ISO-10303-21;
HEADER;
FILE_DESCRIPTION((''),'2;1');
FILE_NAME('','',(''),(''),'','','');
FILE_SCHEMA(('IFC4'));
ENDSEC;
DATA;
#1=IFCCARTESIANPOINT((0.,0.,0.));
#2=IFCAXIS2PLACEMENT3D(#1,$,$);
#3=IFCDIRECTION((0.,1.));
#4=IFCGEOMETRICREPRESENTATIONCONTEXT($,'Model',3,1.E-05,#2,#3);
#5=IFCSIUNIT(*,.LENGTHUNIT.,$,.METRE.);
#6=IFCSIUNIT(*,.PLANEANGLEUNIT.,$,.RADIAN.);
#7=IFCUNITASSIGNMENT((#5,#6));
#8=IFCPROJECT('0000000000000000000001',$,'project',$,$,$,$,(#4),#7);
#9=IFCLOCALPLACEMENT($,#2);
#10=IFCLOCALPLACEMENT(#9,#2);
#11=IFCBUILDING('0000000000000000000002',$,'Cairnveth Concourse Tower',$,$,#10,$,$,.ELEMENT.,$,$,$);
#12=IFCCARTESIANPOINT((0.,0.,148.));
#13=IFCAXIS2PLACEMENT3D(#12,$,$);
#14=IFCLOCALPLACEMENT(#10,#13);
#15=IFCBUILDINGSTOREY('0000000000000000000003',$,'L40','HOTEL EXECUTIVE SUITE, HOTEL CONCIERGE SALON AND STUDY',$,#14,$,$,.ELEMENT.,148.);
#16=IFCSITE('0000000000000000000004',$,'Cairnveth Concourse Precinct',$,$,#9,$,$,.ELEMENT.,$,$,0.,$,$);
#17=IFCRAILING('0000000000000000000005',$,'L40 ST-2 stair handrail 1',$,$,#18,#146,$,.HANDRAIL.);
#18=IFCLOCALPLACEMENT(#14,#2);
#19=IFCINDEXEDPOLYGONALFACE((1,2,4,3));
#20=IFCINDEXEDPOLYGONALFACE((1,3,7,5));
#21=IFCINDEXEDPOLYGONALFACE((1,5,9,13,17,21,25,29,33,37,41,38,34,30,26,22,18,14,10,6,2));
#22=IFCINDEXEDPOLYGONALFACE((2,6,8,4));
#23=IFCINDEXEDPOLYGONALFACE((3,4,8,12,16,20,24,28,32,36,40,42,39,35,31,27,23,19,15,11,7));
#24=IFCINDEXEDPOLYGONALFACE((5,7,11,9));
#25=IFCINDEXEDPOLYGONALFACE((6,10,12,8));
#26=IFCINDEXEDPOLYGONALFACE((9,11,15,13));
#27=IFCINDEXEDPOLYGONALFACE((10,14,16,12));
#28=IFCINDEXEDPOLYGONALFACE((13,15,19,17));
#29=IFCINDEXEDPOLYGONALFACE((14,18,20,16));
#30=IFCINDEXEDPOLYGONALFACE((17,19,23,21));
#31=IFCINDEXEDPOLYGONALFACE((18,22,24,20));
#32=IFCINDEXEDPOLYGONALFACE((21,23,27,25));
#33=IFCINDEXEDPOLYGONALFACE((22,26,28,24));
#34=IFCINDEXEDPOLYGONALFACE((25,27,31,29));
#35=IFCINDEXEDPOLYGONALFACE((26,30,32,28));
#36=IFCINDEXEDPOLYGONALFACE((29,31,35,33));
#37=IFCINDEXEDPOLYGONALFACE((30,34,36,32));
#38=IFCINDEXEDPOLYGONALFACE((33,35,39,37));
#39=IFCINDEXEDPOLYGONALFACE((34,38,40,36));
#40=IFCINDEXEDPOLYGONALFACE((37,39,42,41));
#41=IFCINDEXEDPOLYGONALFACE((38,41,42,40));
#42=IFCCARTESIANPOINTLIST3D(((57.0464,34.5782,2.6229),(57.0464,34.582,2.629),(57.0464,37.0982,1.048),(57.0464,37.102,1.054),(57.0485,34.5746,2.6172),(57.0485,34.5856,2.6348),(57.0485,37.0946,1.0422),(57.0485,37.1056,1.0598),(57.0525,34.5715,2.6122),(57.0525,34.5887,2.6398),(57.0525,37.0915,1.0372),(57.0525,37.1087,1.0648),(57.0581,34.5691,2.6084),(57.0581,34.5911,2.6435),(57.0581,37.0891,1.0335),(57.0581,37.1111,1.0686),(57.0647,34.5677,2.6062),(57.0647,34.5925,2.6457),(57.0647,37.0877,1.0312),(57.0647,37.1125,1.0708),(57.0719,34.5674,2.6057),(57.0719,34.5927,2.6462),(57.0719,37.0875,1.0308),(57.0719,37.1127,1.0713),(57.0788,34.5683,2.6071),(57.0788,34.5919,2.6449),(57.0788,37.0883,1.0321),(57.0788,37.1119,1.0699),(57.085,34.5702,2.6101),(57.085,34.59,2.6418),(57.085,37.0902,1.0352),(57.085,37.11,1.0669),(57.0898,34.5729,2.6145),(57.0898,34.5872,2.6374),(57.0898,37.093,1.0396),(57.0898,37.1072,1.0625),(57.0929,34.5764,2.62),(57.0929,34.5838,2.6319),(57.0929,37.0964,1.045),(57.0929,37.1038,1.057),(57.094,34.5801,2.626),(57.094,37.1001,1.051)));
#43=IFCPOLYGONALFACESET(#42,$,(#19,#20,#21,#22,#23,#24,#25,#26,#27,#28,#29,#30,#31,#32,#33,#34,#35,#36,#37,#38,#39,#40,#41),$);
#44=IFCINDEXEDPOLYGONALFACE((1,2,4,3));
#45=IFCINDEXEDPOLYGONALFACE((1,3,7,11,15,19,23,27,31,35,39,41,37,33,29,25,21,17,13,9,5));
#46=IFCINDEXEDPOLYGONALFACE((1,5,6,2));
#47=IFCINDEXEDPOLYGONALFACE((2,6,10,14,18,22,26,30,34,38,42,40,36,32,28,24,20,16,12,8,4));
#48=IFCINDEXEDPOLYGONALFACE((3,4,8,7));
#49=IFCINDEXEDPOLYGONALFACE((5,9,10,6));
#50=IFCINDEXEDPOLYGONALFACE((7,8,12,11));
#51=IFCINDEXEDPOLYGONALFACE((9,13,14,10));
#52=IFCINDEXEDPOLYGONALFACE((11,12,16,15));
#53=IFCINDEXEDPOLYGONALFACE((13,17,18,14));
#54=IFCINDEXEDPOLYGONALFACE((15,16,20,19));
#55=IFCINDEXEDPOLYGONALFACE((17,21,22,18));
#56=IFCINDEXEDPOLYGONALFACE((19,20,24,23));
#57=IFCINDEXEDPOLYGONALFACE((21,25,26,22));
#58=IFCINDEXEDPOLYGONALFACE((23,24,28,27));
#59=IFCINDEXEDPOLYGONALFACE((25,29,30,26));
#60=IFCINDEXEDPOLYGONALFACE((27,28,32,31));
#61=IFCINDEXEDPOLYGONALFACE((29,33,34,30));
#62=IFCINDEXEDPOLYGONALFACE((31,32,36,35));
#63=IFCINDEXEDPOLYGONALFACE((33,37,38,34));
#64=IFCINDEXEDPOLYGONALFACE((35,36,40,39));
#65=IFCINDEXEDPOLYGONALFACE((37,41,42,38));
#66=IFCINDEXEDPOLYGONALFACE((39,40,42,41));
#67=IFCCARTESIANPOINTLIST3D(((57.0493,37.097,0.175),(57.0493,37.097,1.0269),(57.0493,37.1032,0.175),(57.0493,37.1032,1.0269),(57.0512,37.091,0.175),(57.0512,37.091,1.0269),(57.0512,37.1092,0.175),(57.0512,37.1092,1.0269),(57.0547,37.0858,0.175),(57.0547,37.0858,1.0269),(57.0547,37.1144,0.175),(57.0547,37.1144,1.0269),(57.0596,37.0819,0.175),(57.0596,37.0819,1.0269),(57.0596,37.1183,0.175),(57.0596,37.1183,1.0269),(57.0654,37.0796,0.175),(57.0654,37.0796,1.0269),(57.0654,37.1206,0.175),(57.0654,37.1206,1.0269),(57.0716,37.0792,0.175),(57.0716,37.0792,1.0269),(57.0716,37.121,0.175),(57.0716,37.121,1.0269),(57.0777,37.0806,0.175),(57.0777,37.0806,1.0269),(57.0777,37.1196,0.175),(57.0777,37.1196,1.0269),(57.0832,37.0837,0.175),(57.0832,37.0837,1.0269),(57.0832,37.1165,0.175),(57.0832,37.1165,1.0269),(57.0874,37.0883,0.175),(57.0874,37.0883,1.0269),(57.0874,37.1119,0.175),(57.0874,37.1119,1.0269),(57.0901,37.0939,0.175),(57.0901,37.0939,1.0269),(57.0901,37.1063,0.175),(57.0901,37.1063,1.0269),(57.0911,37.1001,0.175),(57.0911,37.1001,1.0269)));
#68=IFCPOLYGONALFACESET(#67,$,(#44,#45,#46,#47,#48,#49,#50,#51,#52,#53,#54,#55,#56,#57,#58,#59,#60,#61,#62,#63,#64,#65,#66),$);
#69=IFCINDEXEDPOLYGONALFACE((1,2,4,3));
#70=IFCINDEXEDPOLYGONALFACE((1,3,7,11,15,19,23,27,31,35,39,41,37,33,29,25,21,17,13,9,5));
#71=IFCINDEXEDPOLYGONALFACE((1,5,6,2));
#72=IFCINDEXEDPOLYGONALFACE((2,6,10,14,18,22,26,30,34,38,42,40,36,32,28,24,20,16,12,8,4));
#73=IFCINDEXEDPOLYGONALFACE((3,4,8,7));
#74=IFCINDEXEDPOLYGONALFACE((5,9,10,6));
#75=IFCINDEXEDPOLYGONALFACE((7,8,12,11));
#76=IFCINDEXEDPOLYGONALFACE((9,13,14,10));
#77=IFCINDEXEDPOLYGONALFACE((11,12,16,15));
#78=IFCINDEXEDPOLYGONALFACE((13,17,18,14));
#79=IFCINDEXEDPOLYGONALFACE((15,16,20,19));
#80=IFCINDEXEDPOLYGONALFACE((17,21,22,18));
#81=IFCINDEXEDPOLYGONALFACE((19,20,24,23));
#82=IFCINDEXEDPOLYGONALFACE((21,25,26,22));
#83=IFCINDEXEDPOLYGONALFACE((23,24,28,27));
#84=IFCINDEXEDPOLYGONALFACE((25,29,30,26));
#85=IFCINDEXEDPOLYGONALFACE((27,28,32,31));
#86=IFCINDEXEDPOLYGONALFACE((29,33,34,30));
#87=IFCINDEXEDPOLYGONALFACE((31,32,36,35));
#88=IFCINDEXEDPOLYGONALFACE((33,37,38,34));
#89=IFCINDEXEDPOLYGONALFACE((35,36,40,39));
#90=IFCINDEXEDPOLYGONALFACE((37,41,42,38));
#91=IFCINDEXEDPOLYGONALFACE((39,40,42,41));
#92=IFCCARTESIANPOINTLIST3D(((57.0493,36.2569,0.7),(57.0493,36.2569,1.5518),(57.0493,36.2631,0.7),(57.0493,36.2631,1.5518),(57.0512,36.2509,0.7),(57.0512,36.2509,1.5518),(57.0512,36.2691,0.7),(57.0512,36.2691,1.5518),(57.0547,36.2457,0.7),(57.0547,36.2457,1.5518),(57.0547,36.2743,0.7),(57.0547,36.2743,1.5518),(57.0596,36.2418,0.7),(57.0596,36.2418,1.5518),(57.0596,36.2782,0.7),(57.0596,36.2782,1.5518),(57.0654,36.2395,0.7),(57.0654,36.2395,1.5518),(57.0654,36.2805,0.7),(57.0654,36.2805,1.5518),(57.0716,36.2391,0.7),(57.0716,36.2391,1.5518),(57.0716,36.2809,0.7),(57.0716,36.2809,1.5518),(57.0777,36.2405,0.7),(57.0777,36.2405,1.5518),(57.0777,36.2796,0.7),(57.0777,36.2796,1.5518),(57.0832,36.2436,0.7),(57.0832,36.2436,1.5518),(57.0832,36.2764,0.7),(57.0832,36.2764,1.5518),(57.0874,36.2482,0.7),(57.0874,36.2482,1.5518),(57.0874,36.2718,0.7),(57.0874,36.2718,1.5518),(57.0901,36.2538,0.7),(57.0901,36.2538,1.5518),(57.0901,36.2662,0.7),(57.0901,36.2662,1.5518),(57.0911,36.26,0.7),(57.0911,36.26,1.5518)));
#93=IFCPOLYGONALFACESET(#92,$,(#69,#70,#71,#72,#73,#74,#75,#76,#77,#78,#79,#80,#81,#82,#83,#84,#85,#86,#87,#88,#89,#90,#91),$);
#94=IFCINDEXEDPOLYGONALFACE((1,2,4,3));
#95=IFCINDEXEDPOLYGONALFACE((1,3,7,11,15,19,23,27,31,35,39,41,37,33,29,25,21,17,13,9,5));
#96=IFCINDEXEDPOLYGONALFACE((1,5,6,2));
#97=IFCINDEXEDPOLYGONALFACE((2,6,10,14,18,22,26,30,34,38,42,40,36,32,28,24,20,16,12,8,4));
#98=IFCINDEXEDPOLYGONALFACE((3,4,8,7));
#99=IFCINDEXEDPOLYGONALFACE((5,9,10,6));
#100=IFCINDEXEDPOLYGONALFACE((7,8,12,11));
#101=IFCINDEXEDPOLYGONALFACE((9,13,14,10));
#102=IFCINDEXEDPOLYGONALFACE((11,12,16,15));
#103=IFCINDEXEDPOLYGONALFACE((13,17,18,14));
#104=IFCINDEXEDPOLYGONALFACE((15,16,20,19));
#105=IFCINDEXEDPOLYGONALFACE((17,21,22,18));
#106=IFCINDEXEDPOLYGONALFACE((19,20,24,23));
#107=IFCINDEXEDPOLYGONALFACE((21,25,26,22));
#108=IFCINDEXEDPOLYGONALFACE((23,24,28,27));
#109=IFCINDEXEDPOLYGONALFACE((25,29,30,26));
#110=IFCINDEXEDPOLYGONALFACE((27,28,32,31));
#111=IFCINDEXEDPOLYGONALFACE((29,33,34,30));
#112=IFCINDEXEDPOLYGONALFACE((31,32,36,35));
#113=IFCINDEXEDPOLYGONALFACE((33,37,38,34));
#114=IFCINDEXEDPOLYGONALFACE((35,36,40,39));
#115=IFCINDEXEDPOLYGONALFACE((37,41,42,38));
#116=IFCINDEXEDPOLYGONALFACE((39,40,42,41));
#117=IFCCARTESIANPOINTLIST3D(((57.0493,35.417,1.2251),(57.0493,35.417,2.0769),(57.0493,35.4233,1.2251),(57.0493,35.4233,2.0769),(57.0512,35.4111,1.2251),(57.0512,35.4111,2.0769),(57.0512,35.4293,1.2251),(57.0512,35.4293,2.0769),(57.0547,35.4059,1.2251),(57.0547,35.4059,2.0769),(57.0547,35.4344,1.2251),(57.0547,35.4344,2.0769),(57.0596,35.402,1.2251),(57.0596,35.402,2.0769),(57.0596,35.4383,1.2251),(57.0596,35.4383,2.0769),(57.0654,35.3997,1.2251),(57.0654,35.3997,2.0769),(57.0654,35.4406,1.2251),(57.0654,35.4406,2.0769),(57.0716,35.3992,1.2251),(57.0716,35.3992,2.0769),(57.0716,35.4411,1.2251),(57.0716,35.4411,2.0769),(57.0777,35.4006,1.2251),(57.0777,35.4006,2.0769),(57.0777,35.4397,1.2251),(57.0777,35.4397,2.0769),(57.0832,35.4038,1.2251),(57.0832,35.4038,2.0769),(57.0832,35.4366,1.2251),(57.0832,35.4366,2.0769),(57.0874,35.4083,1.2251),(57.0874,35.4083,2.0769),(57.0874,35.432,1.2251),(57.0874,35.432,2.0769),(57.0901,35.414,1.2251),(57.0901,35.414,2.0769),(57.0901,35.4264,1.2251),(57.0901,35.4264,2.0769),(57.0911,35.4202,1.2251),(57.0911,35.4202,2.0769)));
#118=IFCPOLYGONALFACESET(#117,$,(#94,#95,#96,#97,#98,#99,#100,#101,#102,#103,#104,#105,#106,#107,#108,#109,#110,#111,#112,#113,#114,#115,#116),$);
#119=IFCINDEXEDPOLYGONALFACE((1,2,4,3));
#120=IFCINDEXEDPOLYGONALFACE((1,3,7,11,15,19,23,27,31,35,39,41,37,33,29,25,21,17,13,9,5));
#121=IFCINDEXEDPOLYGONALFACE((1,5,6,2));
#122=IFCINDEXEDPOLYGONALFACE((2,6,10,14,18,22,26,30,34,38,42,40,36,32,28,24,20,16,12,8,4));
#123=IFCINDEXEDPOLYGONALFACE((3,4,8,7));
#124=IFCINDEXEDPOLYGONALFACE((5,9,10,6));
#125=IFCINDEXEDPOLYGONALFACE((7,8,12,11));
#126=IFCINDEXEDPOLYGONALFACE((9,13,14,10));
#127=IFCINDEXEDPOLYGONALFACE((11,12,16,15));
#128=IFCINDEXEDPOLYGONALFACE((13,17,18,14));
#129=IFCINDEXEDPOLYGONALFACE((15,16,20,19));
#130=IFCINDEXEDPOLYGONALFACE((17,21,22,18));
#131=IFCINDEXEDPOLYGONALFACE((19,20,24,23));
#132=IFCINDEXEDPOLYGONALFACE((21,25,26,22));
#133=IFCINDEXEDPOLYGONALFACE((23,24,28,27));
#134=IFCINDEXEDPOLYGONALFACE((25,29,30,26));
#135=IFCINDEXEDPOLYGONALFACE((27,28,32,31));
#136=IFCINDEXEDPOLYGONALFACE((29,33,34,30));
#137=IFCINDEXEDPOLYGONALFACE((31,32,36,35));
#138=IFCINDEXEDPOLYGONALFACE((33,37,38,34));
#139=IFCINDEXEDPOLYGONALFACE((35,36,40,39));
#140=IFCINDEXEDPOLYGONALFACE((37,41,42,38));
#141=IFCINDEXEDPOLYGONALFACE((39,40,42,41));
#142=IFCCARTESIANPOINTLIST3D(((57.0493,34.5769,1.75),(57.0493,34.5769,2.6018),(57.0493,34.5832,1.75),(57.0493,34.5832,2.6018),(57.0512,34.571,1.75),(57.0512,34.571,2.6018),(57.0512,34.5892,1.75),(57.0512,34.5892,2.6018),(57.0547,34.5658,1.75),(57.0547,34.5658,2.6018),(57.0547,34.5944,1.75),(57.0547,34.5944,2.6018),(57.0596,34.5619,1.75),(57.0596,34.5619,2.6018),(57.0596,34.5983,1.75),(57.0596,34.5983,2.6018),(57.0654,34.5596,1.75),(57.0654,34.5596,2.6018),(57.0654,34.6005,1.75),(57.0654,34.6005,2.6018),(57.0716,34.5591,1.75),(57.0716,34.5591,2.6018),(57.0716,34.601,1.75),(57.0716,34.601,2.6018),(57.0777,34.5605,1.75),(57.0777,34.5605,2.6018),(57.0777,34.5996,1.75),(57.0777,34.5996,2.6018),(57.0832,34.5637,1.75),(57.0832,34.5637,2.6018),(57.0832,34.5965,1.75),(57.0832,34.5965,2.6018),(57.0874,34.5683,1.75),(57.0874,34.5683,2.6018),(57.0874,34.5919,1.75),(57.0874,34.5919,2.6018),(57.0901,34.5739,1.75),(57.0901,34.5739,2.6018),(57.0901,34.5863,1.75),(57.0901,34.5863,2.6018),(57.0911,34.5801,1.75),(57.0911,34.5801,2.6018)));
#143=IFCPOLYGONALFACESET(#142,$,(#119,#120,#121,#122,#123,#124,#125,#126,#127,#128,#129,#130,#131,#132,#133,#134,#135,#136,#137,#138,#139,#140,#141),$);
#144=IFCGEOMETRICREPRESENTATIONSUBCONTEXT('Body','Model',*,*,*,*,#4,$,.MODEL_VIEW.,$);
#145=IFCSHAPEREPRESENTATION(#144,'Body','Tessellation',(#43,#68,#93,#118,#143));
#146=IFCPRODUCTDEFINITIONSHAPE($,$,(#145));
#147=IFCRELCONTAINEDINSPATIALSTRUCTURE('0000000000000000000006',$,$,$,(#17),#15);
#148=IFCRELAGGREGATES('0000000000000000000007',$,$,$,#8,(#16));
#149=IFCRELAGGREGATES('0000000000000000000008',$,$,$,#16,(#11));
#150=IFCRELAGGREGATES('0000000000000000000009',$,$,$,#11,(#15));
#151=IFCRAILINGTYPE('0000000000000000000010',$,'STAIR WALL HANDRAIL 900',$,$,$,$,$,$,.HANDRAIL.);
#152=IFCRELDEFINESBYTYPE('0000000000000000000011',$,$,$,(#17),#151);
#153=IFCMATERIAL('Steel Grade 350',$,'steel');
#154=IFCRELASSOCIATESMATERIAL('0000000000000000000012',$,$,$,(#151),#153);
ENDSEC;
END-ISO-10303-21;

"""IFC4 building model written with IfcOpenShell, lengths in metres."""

from ifc_helpers import new_model, si_unit, direction, frame, origin, origin_2d, place, context, subcontext, project, spatial, circle, extrude, material, type_object, element, save


model = new_model("IFC4")

# Units and contexts
model_context = context("Model", 3, precision=1e-05, world=origin(), true_north=direction((0.0, 1.0)))
body_context = subcontext(model_context, "Body", "Model", "MODEL_VIEW")
ifc_project = project(units=[si_unit("LENGTHUNIT", "METRE"), si_unit("PLANEANGLEUNIT", "RADIAN")], contexts=[model_context])

# Site, building, storey
site_placement = place(None, origin())
site = spatial("IfcSite", under=ifc_project, at=site_placement, Name="Cairnveth Concourse Precinct", CompositionType="ELEMENT", RefElevation=0.0)
building_placement = place(site_placement, origin())
building = spatial("IfcBuilding", under=site, at=building_placement, Name="Cairnveth Concourse Tower", CompositionType="ELEMENT")
storey_placement = place(building_placement, frame((0.0, 0.0, 148.0)))
storey = spatial("IfcBuildingStorey", under=building, at=storey_placement, Name="L40", Description="HOTEL EXECUTIVE SUITE, HOTEL CONCIERGE SALON AND STUDY", CompositionType="ELEMENT", Elevation=148.0)

# Shared definitions
ifc_material_1 = material(Name="Steel Grade 350", Category="steel")

# Railing
railing_type_1 = type_object("IfcRailingType", Name="STAIR WALL HANDRAIL 900", PredefinedType="HANDRAIL", material=ifc_material_1)
railing_1_placement = place(storey_placement, frame((57.0701, 37.1001, 0.175)))
element("IfcRailing", 1, at=railing_1_placement, inside=storey, type_object=railing_type_1, Name="L40 ST-2 stair handrail 1", PredefinedType="HANDRAIL", context=body_context, shape_type="SweptSolid", body=[
    extrude(circle(Radius=0.0239, at=origin_2d()), frame((0.0, 0.0, 0.876), z_axis=(0.0, -0.848008, 0.529984), x_axis=(1.0, 0.0, 0.0)), (0.0, 0.0, 1.0), 2.9717),
    extrude(circle(Radius=0.021, at=origin_2d()), origin(), (0.0, 0.0, 1.0), 0.8518),
    extrude(circle(Radius=0.021, at=origin_2d()), frame((0.0, -0.8401, 0.5249)), (0.0, 0.0, 1.0), 0.8518),
    extrude(circle(Radius=0.021, at=origin_2d()), frame((0.0, -1.6799, 1.05)), (0.0, 0.0, 1.0), 0.8518),
    extrude(circle(Radius=0.021, at=origin_2d()), frame((0.0, -2.52, 1.575)), (0.0, 0.0, 1.0), 0.8518),
])

save(model, "model.ifc")
